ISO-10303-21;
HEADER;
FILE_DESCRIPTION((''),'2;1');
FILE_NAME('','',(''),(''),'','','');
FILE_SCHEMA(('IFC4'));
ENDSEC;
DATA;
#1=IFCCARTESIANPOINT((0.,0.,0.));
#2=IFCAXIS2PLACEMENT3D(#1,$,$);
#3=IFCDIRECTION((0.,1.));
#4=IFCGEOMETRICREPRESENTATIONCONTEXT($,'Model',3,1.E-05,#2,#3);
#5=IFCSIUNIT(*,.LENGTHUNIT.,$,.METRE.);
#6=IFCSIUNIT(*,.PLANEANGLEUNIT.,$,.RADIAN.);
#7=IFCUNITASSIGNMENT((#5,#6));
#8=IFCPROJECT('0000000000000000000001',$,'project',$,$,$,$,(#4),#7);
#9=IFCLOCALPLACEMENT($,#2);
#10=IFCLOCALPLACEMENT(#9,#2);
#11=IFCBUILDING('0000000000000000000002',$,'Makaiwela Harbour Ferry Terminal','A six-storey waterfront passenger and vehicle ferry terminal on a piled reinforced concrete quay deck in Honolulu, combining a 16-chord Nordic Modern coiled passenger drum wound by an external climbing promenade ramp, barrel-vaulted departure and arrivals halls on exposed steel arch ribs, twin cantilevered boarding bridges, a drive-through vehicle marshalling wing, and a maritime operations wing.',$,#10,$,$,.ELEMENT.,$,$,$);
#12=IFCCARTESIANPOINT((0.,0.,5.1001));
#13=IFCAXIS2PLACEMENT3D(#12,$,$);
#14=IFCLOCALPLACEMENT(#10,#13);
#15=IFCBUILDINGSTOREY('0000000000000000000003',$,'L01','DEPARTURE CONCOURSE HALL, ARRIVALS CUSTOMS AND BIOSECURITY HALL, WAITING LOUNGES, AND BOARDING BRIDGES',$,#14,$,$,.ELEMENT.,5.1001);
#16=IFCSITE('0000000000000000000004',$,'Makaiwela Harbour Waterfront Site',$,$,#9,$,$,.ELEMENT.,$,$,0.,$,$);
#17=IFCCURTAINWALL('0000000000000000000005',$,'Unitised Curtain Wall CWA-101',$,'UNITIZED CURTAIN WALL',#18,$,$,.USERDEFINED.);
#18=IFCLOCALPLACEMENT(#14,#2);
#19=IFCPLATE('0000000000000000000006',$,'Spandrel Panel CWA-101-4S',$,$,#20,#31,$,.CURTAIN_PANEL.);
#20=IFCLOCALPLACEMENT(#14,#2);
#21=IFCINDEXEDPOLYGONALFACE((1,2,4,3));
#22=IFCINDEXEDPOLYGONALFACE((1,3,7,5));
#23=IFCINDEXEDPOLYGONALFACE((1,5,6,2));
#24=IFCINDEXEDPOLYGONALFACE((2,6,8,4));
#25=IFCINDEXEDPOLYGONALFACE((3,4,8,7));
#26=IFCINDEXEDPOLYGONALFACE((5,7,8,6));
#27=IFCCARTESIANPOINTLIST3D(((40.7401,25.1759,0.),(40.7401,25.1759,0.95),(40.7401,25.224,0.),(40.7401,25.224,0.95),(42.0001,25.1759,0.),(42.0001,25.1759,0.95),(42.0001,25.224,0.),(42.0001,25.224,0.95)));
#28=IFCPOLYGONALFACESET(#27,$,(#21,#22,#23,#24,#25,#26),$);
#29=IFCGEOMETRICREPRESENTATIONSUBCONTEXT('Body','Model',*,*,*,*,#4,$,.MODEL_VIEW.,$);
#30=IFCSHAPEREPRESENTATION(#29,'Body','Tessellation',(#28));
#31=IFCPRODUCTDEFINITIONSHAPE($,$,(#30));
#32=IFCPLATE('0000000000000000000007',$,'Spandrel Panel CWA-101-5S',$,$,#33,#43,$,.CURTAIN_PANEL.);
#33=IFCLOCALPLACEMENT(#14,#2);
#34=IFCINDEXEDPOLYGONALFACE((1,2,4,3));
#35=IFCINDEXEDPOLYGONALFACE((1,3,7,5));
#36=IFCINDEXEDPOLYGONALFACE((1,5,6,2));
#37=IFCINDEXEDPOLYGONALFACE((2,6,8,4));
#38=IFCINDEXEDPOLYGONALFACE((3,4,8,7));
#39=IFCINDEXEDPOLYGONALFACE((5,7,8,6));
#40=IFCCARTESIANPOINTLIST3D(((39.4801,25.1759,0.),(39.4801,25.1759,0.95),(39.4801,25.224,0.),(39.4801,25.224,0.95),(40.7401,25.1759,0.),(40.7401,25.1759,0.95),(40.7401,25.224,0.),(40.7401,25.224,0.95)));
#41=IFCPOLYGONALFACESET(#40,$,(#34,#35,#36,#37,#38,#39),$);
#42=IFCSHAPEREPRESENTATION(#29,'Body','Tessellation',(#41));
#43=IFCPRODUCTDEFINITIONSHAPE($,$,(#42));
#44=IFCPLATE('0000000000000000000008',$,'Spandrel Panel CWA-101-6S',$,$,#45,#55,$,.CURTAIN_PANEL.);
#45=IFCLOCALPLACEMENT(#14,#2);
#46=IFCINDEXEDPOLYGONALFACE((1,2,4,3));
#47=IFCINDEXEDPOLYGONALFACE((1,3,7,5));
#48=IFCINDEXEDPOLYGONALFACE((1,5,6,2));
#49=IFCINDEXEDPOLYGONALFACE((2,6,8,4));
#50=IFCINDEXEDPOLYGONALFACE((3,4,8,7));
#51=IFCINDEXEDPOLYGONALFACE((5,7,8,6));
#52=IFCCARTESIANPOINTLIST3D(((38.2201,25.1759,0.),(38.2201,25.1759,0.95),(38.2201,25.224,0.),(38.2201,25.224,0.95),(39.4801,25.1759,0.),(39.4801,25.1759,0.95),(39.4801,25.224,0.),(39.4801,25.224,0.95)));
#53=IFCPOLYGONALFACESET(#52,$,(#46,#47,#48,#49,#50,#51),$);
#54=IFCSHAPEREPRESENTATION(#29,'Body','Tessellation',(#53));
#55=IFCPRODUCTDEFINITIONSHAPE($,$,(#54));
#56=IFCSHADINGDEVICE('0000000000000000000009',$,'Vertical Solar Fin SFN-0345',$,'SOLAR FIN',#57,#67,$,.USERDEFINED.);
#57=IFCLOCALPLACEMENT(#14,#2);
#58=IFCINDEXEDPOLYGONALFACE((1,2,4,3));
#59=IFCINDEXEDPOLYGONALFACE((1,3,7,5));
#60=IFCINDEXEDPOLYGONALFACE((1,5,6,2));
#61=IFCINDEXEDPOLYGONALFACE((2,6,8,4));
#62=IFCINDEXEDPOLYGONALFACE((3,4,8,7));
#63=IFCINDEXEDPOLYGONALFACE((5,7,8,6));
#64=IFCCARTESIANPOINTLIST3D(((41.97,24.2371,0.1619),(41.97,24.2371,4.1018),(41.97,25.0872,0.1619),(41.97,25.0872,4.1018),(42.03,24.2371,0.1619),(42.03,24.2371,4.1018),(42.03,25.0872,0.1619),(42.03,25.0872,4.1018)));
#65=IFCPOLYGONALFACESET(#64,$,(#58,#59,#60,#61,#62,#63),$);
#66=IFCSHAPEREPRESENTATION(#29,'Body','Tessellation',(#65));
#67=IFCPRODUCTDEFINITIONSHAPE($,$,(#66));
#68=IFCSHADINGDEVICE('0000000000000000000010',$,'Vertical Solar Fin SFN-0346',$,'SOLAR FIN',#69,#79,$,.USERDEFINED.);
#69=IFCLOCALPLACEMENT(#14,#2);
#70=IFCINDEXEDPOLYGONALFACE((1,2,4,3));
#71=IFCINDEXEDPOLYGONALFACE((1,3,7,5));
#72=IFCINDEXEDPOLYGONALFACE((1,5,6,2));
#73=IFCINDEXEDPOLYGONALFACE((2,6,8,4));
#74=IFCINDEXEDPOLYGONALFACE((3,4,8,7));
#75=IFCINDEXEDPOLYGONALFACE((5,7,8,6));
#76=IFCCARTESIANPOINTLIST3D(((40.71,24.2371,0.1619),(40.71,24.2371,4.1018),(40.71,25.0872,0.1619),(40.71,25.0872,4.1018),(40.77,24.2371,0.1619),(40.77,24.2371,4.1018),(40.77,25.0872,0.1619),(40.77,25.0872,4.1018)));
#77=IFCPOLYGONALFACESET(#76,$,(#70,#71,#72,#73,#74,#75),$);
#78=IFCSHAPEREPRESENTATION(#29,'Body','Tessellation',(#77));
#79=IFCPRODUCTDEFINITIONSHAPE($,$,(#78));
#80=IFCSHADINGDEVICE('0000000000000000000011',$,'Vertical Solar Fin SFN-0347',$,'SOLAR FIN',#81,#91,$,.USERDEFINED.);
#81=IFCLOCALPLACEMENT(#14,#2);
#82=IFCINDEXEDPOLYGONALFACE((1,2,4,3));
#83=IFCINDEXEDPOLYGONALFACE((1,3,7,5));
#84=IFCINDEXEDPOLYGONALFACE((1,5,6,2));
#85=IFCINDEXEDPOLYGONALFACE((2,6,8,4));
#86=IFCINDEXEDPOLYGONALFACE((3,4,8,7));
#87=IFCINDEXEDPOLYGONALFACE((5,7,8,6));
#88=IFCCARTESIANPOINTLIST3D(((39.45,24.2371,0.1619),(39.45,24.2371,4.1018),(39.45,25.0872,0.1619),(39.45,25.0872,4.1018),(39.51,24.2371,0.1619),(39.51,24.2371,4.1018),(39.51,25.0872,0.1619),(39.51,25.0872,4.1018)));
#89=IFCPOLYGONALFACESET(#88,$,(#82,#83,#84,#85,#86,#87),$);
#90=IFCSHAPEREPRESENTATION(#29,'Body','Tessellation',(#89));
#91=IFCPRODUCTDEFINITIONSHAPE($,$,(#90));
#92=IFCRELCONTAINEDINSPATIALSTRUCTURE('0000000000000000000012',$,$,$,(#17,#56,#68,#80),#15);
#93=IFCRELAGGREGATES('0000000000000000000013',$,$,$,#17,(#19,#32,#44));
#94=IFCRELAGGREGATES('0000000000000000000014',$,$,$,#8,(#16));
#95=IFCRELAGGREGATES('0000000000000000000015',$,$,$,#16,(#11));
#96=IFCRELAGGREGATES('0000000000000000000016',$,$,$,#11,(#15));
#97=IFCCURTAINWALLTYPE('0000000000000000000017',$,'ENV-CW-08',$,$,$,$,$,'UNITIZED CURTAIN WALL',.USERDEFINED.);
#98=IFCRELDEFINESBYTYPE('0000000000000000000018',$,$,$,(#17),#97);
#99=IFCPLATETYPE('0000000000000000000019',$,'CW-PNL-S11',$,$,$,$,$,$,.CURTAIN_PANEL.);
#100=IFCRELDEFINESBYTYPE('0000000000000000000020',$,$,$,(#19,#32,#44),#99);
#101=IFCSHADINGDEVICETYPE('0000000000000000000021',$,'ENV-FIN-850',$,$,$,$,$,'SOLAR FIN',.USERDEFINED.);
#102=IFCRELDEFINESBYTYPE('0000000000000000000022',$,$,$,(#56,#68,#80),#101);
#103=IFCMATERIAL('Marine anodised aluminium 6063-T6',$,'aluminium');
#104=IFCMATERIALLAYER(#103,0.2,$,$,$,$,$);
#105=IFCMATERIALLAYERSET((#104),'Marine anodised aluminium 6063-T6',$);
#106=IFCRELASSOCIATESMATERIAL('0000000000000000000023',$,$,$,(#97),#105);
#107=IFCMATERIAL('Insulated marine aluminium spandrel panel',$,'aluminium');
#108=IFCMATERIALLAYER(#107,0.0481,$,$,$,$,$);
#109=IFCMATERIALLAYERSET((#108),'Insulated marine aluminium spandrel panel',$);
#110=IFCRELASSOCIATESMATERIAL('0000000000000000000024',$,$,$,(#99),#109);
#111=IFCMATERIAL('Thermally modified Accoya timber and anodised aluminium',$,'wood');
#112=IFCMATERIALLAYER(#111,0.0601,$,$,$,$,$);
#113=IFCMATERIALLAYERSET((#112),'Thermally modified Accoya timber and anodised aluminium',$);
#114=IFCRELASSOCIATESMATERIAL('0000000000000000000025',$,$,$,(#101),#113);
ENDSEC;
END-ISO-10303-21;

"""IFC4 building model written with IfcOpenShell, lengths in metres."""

from ifc_helpers import new_model, si_unit, direction, frame, origin, origin_2d, place, context, subcontext, project, spatial, rectangle, extrude, material, layer, layer_set, type_object, element, aggregate, save


model = new_model("IFC4")

# Units and contexts
model_context = context("Model", 3, precision=1e-05, world=origin(), true_north=direction((0.0, 1.0)))
body_context = subcontext(model_context, "Body", "Model", "MODEL_VIEW")
ifc_project = project(units=[si_unit("LENGTHUNIT", "METRE"), si_unit("PLANEANGLEUNIT", "RADIAN")], contexts=[model_context])

# Site, building, storey
site_placement = place(None, origin())
site = spatial("IfcSite", under=ifc_project, at=site_placement, Name="Makaiwela Harbour Waterfront Site", CompositionType="ELEMENT", RefElevation=0.0)
building_placement = place(site_placement, origin())
building = spatial("IfcBuilding", under=site, at=building_placement, Name="Makaiwela Harbour Ferry Terminal", Description="A six-storey waterfront passenger and vehicle ferry terminal on a piled reinforced concrete quay deck in Honolulu, combining a 16-chord Nordic Modern coiled passenger drum wound by an external climbing promenade ramp, barrel-vaulted departure and arrivals halls on exposed steel arch ribs, twin cantilevered boarding bridges, a drive-through vehicle marshalling wing, and a maritime operations wing.", CompositionType="ELEMENT")
storey_placement = place(building_placement, frame((0.0, 0.0, 5.1001)))
storey = spatial("IfcBuildingStorey", under=building, at=storey_placement, Name="L01", Description="DEPARTURE CONCOURSE HALL, ARRIVALS CUSTOMS AND BIOSECURITY HALL, WAITING LOUNGES, AND BOARDING BRIDGES", CompositionType="ELEMENT", Elevation=5.1001)

# Shared definitions
ifc_material_1 = material(Name="Marine anodised aluminium 6063-T6", Category="aluminium")
ifc_layer_1 = layer(ifc_material_1, 0.2)
ifc_layer_set_1 = layer_set([ifc_layer_1], Name="Marine anodised aluminium 6063-T6")
curtain_wall_type = type_object("IfcCurtainWallType", Name="ENV-CW-08", ElementType="UNITIZED CURTAIN WALL", PredefinedType="USERDEFINED", material=ifc_layer_set_1)

# Curtain wall
curtain_wall_1_placement = place(storey_placement, origin())
curtain_wall_1 = element("IfcCurtainWall", 1, at=curtain_wall_1_placement, inside=storey, type_object=curtain_wall_type, Name="Unitised Curtain Wall CWA-101", ObjectType="UNITIZED CURTAIN WALL", PredefinedType="USERDEFINED")

# Plates
ifc_material_2 = material(Name="Insulated marine aluminium spandrel panel", Category="aluminium")
ifc_layer_2 = layer(ifc_material_2, 0.0481)
ifc_layer_set_2 = layer_set([ifc_layer_2], Name="Insulated marine aluminium spandrel panel")
plate_type_1 = type_object("IfcPlateType", Name="CW-PNL-S11", PredefinedType="CURTAIN_PANEL", material=ifc_layer_set_2)
plate_1_placement = place(storey_placement, frame((41.3701, 25.2, 0.0), z_axis=(0.0, 0.0, 1.0), x_axis=(-1.0, 0.0, 0.0)))
plate_1 = element("IfcPlate", 2, at=plate_1_placement, type_object=plate_type_1, Name="Spandrel Panel CWA-101-4S", PredefinedType="CURTAIN_PANEL", context=body_context, shape_type="SweptSolid", body=[
    extrude(rectangle(XDim=1.26, YDim=0.0481, at=origin_2d()), origin(), (0.0, 0.0, 1.0), 0.95),
])
plate_2_placement = place(storey_placement, frame((40.1101, 25.2, 0.0), z_axis=(0.0, 0.0, 1.0), x_axis=(-1.0, 0.0, 0.0)))
plate_2 = element("IfcPlate", 3, at=plate_2_placement, type_object=plate_type_1, Name="Spandrel Panel CWA-101-5S", PredefinedType="CURTAIN_PANEL", context=body_context, shape_type="SweptSolid", body=[
    extrude(rectangle(XDim=1.26, YDim=0.0481, at=origin_2d()), origin(), (0.0, 0.0, 1.0), 0.95),
])
plate_3_placement = place(storey_placement, frame((38.8501, 25.2, 0.0), z_axis=(0.0, 0.0, 1.0), x_axis=(-1.0, 0.0, 0.0)))
plate_3 = element("IfcPlate", 4, at=plate_3_placement, type_object=plate_type_1, Name="Spandrel Panel CWA-101-6S", PredefinedType="CURTAIN_PANEL", context=body_context, shape_type="SweptSolid", body=[
    extrude(rectangle(XDim=1.26, YDim=0.0481, at=origin_2d()), origin(), (0.0, 0.0, 1.0), 0.95),
])
aggregate(curtain_wall_1, [plate_1, plate_2, plate_3])

# Shading devices
ifc_material_3 = material(Name="Thermally modified Accoya timber and anodised aluminium", Category="wood")
ifc_layer_3 = layer(ifc_material_3, 0.0601)
ifc_layer_set_3 = layer_set([ifc_layer_3], Name="Thermally modified Accoya timber and anodised aluminium")
shading_device_type = type_object("IfcShadingDeviceType", Name="ENV-FIN-850", ElementType="SOLAR FIN", PredefinedType="USERDEFINED", material=ifc_layer_set_3)
for number, where, z_axis, x_axis, name in (
    (5, (42.0, 24.6621, 0.1619), (0.0, 0.0, 1.0), (0.0, -1.0, 0.0), "Vertical Solar Fin SFN-0345"),
    (6, (40.74, 24.6621, 0.1619), (0.0, 0.0, 1.0), (0.0, -1.0, 0.0), "Vertical Solar Fin SFN-0346"),
    (7, (39.48, 24.6621, 0.1619), (0.0, 0.0, 1.0), (0.0, -1.0, 0.0), "Vertical Solar Fin SFN-0347"),
):
    element("IfcShadingDevice", number, at=place(storey_placement, frame(where, z_axis=z_axis, x_axis=x_axis)), inside=storey, type_object=shading_device_type, Name=name, ObjectType="SOLAR FIN", PredefinedType="USERDEFINED", context=body_context, shape_type="SweptSolid", body=[
        extrude(rectangle(XDim=0.8501, YDim=0.0601, at=origin_2d()), origin(), (0.0, 0.0, 1.0), 3.9399),
    ])

save(model, "model.ifc")
